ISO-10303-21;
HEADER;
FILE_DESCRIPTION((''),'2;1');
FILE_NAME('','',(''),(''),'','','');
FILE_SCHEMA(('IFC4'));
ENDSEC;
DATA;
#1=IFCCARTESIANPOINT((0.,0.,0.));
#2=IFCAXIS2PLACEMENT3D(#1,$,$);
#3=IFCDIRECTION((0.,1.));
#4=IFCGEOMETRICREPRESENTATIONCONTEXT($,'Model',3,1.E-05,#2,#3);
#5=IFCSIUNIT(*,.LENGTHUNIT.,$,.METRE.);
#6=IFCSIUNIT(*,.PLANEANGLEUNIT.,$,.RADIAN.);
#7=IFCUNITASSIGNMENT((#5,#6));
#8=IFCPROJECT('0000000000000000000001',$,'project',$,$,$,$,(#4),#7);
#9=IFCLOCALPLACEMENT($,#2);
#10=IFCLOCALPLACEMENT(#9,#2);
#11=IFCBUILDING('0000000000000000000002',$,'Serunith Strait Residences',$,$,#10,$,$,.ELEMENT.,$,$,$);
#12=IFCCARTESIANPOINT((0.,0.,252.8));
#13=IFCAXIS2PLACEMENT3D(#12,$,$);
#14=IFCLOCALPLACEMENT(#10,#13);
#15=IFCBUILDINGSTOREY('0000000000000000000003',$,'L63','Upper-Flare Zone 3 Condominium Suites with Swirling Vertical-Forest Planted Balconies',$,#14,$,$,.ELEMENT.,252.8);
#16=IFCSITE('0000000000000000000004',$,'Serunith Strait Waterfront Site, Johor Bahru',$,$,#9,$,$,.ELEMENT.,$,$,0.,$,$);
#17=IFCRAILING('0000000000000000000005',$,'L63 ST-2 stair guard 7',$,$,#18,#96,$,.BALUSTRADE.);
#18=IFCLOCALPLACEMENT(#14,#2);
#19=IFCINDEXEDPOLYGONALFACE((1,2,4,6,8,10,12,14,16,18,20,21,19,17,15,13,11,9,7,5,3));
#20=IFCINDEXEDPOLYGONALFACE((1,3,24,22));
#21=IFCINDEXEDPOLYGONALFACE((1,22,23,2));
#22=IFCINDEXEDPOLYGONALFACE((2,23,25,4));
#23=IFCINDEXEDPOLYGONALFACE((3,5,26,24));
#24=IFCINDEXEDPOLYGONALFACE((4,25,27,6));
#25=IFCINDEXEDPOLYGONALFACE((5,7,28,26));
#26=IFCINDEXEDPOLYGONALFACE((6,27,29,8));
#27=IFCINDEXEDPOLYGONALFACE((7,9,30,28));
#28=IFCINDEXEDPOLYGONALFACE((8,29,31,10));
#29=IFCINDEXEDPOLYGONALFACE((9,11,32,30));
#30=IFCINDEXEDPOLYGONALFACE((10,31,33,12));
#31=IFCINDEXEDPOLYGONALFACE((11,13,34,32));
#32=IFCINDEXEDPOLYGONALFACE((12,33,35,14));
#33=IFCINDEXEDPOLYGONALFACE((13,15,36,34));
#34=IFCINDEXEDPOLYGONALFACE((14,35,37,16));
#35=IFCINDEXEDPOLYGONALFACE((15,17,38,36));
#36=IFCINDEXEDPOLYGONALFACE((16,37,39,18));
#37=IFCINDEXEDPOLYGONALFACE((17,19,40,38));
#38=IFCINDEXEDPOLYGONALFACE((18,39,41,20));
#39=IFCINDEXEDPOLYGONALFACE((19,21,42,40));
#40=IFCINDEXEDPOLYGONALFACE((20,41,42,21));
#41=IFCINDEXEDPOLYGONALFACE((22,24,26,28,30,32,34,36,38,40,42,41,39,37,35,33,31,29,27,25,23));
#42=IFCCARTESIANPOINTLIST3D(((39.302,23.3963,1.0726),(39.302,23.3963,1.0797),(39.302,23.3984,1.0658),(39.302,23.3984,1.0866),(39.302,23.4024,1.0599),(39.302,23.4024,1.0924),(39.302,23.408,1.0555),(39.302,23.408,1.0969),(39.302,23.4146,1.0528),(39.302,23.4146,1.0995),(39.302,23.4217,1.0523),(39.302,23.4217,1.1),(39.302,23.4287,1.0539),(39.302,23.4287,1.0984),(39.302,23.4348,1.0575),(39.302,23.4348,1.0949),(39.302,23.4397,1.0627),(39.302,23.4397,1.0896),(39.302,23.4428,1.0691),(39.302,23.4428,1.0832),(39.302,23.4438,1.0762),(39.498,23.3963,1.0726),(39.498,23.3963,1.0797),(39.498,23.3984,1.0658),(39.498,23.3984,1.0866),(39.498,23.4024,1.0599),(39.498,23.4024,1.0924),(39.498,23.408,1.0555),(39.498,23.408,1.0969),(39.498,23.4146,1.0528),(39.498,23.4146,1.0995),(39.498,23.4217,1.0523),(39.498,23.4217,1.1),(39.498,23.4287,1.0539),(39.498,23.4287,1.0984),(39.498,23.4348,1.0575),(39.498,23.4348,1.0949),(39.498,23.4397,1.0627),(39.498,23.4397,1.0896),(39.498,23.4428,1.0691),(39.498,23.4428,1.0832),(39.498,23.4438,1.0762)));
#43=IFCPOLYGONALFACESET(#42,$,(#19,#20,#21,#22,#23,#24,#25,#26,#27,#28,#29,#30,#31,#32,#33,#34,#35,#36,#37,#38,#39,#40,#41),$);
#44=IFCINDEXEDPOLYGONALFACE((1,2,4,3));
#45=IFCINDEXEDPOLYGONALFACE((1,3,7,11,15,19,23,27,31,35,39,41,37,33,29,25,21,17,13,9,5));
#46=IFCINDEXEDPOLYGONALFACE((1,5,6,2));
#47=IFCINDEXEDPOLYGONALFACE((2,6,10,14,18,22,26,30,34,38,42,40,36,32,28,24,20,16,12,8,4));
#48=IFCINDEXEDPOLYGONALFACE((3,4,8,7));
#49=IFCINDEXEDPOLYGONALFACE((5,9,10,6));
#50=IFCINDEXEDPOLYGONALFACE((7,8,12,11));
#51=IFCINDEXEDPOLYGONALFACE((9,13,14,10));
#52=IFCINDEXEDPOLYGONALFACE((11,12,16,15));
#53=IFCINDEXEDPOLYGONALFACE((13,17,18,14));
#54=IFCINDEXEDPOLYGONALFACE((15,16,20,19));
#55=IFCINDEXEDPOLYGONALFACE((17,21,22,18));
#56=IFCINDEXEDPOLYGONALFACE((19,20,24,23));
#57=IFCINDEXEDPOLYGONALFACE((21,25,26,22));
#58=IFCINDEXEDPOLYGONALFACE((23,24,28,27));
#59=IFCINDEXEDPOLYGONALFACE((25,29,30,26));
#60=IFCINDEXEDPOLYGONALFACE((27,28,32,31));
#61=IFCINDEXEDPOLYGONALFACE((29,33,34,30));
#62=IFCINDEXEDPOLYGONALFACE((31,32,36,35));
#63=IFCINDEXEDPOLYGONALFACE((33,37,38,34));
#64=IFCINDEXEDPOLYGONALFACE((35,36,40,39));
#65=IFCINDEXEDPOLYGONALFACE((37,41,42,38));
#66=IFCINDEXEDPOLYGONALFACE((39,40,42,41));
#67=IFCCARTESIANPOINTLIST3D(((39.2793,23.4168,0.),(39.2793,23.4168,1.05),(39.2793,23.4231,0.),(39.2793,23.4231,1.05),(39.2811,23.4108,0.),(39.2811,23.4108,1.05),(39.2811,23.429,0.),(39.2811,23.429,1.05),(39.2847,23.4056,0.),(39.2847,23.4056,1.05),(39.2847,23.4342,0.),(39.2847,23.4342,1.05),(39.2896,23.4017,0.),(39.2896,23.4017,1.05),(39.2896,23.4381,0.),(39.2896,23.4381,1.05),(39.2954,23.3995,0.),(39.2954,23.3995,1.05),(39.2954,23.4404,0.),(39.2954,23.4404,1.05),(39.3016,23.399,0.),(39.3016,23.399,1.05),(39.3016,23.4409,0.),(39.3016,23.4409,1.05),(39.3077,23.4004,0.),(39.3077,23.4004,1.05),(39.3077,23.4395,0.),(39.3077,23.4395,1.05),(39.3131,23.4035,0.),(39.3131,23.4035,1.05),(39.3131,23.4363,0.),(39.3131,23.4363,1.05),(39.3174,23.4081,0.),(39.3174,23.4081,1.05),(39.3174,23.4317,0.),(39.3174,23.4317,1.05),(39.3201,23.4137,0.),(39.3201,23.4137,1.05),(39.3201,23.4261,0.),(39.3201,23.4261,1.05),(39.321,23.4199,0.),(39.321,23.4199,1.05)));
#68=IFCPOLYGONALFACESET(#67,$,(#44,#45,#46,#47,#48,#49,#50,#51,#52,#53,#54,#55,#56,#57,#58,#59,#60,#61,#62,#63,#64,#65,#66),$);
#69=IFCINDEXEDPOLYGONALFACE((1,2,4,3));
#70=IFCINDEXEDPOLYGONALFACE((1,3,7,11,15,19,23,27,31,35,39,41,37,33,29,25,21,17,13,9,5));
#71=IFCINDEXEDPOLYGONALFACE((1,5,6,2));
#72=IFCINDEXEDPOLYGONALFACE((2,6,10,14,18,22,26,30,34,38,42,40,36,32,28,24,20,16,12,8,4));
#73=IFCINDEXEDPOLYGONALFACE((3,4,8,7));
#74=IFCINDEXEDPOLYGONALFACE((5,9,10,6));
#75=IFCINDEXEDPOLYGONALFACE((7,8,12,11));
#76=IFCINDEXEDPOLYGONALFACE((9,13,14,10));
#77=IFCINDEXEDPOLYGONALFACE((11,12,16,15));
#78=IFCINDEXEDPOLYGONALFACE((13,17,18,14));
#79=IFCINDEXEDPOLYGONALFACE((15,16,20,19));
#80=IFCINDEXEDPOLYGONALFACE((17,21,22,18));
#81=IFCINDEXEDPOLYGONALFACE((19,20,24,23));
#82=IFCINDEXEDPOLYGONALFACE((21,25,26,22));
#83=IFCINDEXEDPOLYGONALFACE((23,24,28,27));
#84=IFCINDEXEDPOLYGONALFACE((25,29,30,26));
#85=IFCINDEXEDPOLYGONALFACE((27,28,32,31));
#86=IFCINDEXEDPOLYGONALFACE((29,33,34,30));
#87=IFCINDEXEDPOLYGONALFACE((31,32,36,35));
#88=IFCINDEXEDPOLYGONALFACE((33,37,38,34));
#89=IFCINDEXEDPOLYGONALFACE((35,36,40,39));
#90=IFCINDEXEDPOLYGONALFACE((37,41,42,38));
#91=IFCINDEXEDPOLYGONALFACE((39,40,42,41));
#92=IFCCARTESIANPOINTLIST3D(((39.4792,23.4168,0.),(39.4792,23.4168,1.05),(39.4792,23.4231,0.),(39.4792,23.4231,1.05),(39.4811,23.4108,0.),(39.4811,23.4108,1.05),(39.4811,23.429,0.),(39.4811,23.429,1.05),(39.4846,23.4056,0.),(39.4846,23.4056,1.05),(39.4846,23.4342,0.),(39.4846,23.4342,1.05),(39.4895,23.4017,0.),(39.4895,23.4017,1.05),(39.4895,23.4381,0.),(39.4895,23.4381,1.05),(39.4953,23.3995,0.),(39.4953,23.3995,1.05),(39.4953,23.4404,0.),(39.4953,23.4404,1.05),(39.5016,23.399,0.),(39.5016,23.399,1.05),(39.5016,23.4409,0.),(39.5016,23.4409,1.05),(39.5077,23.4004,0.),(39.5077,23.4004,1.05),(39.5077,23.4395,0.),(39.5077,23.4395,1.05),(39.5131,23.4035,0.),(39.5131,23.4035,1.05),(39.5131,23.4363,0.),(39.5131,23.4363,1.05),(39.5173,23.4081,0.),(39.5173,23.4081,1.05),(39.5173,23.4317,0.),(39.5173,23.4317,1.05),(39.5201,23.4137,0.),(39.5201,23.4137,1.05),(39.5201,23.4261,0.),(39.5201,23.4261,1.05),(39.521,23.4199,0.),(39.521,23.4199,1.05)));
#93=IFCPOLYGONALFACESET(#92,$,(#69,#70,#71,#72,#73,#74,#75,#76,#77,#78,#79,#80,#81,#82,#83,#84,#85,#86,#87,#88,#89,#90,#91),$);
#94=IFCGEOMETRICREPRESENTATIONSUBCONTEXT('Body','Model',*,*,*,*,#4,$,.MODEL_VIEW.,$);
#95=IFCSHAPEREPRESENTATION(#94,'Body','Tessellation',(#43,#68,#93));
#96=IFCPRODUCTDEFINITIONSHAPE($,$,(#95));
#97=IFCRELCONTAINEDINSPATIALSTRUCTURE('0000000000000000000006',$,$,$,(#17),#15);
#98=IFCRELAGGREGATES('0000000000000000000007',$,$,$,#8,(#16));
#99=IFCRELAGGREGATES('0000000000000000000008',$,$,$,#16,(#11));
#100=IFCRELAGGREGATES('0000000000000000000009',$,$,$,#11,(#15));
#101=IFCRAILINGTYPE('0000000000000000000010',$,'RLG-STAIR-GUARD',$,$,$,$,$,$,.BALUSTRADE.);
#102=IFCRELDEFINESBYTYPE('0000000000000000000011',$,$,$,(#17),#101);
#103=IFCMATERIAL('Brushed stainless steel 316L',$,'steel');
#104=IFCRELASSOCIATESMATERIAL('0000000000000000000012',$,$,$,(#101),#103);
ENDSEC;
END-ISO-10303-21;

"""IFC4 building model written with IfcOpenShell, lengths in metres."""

from ifc_helpers import new_model, si_unit, direction, frame, origin, origin_2d, place, context, subcontext, project, spatial, circle, extrude, material, type_object, element, save


model = new_model("IFC4")

# Units and contexts
model_context = context("Model", 3, precision=1e-05, world=origin(), true_north=direction((0.0, 1.0)))
body_context = subcontext(model_context, "Body", "Model", "MODEL_VIEW")
ifc_project = project(units=[si_unit("LENGTHUNIT", "METRE"), si_unit("PLANEANGLEUNIT", "RADIAN")], contexts=[model_context])

# Site, building, storey
site_placement = place(None, origin())
site = spatial("IfcSite", under=ifc_project, at=site_placement, Name="Serunith Strait Waterfront Site, Johor Bahru", CompositionType="ELEMENT", RefElevation=0.0)
building_placement = place(site_placement, origin())
building = spatial("IfcBuilding", under=site, at=building_placement, Name="Serunith Strait Residences", CompositionType="ELEMENT")
storey_placement = place(building_placement, frame((0.0, 0.0, 252.8)))
storey = spatial("IfcBuildingStorey", under=building, at=storey_placement, Name="L63", Description="Upper-Flare Zone 3 Condominium Suites with Swirling Vertical-Forest Planted Balconies", CompositionType="ELEMENT", Elevation=252.8)

# Railing
ifc_material_1 = material(Name="Brushed stainless steel 316L", Category="steel")
railing_type_1 = type_object("IfcRailingType", Name="RLG-STAIR-GUARD", PredefinedType="BALUSTRADE", material=ifc_material_1)
railing_1_placement = place(storey_placement, frame((39.3, 23.4199, 0.0)))
element("IfcRailing", 1, at=railing_1_placement, inside=storey, type_object=railing_type_1, Name="L63 ST-2 stair guard 7", PredefinedType="BALUSTRADE", context=body_context, shape_type="SweptSolid", body=[
    extrude(circle(Radius=0.0239, at=origin_2d()), frame((0.002, 0.0, 1.0762), z_axis=(1.0, 0.0, 0.0), x_axis=(0.0, 1.0, 0.0)), (0.0, 0.0, 1.0), 0.196),
    extrude(circle(Radius=0.021, at=origin_2d()), origin(), (0.0, 0.0, 1.0), 1.05),
    extrude(circle(Radius=0.021, at=origin_2d()), frame((0.2, 0.0, 0.0)), (0.0, 0.0, 1.0), 1.05),
])

save(model, "model.ifc")
